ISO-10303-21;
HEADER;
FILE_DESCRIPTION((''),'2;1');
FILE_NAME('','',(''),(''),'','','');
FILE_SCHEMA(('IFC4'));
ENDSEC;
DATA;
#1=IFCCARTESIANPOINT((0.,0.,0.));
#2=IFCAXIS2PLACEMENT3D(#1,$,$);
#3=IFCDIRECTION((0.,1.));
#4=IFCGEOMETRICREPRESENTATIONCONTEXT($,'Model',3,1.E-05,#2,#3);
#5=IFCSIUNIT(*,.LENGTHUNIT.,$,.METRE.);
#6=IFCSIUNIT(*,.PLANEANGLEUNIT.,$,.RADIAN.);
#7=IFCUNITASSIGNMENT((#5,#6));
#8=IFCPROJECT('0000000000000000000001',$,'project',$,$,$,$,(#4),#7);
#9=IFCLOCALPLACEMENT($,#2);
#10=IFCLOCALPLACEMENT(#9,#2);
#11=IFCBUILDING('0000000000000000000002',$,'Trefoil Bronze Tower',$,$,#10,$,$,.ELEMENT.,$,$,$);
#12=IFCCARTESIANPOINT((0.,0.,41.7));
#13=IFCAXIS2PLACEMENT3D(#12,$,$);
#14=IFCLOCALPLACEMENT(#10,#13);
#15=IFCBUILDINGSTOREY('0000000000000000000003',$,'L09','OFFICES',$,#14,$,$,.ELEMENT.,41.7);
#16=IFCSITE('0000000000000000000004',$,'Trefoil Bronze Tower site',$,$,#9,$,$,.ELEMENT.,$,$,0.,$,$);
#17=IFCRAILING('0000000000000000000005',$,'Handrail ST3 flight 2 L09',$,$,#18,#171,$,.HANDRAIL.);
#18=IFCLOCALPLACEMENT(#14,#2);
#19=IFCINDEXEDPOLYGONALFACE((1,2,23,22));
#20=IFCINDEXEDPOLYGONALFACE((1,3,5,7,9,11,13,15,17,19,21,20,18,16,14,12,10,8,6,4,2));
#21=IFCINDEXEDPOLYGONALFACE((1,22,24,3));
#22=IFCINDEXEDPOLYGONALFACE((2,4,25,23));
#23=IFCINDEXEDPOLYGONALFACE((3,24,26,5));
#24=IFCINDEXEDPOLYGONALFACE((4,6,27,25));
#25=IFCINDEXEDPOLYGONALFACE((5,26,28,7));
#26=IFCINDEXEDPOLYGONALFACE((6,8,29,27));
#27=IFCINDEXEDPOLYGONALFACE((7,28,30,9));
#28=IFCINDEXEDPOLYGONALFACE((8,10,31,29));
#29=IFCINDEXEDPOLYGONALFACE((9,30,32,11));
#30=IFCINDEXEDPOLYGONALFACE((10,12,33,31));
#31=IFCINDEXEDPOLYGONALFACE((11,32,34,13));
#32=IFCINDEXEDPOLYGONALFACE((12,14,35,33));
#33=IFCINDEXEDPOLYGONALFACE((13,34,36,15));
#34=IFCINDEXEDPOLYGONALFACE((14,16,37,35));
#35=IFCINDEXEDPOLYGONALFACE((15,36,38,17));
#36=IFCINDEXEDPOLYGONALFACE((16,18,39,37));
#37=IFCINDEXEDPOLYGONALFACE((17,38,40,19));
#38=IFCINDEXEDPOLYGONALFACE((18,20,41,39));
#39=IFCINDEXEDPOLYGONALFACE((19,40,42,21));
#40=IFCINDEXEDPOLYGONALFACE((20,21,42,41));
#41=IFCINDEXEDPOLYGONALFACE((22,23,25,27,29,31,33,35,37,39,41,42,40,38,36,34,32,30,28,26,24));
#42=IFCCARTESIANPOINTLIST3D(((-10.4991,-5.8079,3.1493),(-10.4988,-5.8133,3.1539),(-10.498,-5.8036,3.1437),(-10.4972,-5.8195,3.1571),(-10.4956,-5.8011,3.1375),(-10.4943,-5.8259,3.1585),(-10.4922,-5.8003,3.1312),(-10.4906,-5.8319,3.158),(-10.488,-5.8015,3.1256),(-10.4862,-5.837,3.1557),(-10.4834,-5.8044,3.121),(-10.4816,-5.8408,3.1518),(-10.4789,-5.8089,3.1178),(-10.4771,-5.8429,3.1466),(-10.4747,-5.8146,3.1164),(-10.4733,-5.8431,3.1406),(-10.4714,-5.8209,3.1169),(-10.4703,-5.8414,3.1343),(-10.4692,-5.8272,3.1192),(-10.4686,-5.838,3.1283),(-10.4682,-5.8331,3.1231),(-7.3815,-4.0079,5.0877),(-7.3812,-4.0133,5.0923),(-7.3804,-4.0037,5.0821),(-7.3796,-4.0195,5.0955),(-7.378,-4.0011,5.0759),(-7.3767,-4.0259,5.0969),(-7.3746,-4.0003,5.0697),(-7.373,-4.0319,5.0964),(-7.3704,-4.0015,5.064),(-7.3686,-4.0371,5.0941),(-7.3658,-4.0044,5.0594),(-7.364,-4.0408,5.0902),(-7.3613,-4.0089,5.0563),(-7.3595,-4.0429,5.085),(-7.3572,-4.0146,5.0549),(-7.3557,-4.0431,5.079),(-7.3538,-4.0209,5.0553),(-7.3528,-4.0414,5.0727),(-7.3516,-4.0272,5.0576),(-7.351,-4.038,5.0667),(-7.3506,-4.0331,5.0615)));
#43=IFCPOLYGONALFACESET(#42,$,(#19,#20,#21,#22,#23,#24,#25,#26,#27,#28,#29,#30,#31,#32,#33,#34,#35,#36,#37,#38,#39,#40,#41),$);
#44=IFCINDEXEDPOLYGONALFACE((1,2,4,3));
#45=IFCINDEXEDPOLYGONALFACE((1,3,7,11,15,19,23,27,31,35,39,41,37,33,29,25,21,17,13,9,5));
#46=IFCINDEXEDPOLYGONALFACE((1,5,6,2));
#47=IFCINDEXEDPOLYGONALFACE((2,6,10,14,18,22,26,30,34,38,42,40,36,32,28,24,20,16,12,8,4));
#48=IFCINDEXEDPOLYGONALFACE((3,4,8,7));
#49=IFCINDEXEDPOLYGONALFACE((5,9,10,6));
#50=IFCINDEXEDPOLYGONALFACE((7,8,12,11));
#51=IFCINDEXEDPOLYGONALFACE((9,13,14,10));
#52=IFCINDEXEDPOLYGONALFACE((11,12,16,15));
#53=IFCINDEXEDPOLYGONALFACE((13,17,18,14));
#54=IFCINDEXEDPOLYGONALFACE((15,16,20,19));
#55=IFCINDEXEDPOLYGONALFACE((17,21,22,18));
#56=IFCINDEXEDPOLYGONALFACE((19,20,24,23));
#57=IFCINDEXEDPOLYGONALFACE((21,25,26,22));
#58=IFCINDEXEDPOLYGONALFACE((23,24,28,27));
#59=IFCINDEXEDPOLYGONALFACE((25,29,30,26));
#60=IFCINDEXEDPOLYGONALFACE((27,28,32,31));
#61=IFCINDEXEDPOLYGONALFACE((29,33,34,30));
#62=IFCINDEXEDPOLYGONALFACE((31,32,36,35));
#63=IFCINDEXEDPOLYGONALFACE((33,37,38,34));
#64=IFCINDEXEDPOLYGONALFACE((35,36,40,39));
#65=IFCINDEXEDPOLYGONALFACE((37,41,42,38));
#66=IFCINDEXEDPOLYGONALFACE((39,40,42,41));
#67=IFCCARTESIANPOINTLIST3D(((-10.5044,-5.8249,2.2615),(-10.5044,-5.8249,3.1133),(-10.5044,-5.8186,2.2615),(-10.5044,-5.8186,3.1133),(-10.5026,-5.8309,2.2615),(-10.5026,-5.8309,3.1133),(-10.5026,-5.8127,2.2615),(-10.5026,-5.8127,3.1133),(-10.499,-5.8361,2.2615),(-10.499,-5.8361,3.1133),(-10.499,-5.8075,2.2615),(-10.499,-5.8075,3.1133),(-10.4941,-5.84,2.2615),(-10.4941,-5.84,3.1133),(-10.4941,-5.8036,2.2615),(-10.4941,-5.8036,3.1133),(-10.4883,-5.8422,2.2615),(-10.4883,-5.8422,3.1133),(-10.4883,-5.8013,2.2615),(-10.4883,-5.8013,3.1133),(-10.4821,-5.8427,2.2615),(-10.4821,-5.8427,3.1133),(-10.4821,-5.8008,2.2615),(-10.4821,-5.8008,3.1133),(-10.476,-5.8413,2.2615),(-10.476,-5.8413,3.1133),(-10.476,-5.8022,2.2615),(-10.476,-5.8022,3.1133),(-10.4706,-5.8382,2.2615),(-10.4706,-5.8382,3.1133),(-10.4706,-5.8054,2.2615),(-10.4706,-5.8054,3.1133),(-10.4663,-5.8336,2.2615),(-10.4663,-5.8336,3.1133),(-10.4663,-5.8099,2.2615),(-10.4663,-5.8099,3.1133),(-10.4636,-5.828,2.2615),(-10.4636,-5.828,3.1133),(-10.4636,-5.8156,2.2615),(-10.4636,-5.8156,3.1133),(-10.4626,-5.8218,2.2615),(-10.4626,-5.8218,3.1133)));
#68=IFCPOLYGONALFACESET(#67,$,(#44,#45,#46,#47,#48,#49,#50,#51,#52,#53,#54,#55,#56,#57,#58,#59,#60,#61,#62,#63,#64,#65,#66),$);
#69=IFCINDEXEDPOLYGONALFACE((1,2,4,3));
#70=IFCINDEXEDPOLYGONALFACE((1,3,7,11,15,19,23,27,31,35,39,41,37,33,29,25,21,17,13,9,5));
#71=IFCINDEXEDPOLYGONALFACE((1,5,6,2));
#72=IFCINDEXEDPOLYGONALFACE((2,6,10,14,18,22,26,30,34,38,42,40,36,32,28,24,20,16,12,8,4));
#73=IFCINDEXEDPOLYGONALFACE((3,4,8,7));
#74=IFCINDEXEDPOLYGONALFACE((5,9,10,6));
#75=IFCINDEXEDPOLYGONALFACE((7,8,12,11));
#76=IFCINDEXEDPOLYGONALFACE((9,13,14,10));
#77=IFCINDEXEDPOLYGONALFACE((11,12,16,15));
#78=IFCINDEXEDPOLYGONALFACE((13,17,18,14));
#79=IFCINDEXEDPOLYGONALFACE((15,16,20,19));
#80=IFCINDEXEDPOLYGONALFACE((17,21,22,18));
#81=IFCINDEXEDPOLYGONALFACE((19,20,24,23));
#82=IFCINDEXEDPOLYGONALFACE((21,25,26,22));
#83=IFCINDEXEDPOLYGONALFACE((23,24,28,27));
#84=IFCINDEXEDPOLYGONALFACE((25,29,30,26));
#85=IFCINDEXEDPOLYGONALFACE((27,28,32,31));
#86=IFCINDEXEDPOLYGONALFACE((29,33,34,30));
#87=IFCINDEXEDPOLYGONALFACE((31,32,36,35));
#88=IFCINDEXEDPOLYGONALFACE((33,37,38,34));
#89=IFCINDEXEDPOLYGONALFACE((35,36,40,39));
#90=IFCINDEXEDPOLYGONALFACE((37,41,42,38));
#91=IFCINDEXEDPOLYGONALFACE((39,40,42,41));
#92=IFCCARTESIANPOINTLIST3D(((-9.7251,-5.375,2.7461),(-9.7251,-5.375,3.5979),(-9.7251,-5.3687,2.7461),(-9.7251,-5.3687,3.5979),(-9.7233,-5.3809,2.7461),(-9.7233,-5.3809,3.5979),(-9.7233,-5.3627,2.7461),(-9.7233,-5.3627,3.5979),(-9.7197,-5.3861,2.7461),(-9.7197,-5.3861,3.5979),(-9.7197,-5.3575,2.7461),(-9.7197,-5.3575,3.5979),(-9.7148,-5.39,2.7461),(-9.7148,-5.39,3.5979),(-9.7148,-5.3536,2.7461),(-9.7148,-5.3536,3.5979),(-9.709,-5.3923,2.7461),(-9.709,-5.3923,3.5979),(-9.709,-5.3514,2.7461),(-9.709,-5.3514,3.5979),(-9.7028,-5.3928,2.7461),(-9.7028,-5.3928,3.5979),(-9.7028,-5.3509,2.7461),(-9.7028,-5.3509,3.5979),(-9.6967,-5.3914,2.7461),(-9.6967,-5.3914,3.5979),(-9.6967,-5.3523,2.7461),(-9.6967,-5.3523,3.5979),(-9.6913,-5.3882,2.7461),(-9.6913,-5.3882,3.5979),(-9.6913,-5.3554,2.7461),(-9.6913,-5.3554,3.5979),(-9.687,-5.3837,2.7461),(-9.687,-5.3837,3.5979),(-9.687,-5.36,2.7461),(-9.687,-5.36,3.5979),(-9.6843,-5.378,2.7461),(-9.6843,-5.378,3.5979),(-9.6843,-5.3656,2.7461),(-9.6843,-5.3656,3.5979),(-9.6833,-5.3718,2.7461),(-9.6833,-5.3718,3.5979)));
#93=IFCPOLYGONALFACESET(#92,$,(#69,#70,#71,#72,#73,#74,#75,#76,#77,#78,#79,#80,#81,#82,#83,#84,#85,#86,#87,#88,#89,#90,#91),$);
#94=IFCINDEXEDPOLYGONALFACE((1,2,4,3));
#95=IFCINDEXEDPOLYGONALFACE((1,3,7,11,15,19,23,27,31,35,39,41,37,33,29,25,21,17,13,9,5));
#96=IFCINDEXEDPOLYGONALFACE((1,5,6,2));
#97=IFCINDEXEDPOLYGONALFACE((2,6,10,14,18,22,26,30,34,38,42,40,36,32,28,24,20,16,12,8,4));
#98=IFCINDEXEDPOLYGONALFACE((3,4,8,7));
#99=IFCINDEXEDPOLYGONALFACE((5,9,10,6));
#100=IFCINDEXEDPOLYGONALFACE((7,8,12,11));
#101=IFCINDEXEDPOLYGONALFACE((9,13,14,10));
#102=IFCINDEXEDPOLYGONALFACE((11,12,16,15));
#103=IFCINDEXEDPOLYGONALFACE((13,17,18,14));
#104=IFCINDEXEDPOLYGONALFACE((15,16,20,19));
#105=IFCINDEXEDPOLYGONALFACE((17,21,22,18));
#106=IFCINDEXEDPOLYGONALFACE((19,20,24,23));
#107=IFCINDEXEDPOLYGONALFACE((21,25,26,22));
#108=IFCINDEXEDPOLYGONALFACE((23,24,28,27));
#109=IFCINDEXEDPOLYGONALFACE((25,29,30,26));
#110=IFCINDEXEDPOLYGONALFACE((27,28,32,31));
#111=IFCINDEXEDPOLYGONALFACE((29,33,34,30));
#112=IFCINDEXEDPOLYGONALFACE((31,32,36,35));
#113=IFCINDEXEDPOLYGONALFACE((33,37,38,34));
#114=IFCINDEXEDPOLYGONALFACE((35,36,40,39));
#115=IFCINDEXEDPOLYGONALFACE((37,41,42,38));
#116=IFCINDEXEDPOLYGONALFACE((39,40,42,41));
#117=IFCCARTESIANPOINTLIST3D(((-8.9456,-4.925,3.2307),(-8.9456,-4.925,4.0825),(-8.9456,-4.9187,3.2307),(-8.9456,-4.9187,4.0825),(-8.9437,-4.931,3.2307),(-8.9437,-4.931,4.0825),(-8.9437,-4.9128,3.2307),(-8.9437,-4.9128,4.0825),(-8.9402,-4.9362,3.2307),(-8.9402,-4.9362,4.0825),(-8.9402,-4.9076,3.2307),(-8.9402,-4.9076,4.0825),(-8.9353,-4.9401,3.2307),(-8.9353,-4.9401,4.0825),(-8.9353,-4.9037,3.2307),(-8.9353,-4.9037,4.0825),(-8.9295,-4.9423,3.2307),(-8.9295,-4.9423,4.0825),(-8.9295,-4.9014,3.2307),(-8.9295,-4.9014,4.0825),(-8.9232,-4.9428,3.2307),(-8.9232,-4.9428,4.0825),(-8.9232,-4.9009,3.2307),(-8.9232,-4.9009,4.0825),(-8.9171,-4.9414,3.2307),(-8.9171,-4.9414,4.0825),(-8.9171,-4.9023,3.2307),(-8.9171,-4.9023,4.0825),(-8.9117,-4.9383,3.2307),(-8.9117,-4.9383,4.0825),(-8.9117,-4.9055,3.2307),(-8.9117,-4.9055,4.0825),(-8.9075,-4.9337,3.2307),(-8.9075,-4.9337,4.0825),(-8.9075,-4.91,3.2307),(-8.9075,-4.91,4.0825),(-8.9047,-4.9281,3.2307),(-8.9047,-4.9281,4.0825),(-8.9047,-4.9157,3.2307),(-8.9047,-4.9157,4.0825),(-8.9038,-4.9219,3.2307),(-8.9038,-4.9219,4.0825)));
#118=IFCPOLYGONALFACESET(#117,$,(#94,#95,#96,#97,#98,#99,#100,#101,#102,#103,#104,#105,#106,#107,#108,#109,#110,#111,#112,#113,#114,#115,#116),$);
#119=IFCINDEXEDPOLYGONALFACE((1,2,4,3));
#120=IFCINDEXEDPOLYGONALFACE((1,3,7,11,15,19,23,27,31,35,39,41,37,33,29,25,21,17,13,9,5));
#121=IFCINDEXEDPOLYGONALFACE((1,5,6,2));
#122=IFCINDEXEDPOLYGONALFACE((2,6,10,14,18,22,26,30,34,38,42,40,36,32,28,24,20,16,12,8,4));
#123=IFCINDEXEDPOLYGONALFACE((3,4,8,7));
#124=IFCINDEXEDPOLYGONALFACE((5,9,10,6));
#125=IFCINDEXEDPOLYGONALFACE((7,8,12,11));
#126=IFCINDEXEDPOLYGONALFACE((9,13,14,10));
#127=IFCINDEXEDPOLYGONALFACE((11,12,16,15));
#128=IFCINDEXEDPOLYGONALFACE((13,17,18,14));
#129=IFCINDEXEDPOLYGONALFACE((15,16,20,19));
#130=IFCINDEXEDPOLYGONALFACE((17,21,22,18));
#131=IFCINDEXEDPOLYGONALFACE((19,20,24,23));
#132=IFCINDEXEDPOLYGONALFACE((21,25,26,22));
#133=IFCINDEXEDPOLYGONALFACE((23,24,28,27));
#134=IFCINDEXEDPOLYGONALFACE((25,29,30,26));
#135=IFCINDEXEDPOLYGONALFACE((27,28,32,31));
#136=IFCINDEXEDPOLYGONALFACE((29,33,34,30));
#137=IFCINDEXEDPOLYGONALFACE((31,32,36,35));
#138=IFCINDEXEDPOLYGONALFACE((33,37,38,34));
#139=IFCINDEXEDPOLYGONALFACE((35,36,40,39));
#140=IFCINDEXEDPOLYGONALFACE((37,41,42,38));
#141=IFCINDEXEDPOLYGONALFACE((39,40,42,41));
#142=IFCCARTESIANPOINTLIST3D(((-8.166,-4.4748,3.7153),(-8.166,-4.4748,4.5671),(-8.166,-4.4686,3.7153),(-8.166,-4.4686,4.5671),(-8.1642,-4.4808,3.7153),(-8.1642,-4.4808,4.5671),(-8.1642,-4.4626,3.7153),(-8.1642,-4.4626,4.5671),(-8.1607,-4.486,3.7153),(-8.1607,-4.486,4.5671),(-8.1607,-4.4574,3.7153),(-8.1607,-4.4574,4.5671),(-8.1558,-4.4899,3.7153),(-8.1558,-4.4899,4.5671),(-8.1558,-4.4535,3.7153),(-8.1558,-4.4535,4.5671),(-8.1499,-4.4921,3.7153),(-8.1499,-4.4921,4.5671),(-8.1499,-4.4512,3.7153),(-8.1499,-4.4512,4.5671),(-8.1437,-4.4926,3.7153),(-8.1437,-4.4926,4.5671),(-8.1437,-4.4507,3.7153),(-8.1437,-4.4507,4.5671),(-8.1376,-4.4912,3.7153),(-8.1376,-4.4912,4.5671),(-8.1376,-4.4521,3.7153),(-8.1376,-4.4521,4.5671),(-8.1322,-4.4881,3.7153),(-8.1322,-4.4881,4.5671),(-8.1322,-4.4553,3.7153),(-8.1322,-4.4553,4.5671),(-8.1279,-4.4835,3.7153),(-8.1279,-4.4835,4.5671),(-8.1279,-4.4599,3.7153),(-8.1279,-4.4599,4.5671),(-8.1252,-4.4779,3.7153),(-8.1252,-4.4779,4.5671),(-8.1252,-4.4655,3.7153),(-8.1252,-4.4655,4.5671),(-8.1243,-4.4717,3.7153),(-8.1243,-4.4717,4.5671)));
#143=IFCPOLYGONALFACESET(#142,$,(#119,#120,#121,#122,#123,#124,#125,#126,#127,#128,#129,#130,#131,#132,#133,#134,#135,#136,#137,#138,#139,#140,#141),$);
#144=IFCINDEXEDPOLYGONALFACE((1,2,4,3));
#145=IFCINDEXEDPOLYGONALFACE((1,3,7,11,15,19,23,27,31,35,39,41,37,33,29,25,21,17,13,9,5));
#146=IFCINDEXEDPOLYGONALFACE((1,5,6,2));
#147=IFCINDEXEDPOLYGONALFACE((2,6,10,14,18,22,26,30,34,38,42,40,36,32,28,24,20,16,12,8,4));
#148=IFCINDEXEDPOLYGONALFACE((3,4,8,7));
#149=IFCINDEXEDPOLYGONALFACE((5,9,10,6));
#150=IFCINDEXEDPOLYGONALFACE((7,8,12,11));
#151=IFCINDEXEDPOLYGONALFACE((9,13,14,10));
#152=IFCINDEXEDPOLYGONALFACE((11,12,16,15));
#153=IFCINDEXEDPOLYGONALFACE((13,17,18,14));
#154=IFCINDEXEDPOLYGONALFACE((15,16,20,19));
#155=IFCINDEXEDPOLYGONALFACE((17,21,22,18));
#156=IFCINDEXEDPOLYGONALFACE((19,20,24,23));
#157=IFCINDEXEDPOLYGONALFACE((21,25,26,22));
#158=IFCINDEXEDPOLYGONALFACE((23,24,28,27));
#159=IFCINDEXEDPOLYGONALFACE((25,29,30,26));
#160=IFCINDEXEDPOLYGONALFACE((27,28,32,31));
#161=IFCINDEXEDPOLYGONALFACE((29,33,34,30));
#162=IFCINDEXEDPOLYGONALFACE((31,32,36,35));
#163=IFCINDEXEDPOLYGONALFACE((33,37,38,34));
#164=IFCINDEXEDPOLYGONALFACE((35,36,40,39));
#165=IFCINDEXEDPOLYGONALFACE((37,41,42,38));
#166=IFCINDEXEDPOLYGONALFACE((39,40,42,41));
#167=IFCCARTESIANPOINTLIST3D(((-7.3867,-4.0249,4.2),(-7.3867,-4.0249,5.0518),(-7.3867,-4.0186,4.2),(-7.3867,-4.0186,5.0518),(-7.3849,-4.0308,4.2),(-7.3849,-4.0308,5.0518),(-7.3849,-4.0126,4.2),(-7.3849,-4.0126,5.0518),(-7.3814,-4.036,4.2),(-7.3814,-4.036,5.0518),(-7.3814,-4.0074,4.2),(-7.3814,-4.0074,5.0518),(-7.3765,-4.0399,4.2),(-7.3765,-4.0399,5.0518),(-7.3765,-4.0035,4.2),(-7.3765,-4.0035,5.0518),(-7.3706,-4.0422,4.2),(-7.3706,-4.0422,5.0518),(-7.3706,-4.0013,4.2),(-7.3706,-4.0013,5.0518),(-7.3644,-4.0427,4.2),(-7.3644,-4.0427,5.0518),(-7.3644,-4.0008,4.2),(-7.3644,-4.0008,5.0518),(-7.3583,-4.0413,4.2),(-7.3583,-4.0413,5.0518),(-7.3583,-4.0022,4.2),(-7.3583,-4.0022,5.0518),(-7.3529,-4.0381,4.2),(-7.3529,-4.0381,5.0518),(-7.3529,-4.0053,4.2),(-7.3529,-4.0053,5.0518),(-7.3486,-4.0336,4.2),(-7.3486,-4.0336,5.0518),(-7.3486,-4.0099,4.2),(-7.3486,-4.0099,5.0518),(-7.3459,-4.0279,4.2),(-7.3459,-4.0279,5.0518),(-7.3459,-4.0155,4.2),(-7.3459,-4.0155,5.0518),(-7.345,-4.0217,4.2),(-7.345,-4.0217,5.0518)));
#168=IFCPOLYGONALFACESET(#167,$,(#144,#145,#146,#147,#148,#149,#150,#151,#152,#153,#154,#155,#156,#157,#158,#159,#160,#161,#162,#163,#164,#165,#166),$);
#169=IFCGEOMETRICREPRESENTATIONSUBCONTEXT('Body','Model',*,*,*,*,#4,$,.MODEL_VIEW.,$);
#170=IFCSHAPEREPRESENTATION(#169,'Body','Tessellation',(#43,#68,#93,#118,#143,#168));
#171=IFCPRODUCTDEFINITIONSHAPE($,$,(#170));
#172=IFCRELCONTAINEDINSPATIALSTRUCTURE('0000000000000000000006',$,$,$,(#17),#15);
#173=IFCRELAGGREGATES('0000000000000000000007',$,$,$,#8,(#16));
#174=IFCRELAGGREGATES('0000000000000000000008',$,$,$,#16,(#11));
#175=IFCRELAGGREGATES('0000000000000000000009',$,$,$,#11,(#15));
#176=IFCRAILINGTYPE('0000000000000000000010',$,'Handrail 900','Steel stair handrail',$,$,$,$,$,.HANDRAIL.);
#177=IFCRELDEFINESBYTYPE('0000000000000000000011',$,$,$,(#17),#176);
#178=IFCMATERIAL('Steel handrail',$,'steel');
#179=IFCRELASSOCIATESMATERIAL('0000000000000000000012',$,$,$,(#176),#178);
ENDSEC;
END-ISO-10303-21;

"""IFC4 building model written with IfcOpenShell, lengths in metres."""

from ifc_helpers import new_model, si_unit, direction, frame, origin, origin_2d, place, context, subcontext, project, spatial, circle, extrude, material, type_object, element, save


model = new_model("IFC4")

# Units and contexts
model_context = context("Model", 3, precision=1e-05, world=origin(), true_north=direction((0.0, 1.0)))
body_context = subcontext(model_context, "Body", "Model", "MODEL_VIEW")
ifc_project = project(units=[si_unit("LENGTHUNIT", "METRE"), si_unit("PLANEANGLEUNIT", "RADIAN")], contexts=[model_context])

# Site, building, storey
site_placement = place(None, origin())
site = spatial("IfcSite", under=ifc_project, at=site_placement, Name="Trefoil Bronze Tower site", CompositionType="ELEMENT", RefElevation=0.0)
building_placement = place(site_placement, origin())
building = spatial("IfcBuilding", under=site, at=building_placement, Name="Trefoil Bronze Tower", CompositionType="ELEMENT")
storey_placement = place(building_placement, frame((0.0, 0.0, 41.7)))
storey = spatial("IfcBuildingStorey", under=building, at=storey_placement, Name="L09", Description="OFFICES", CompositionType="ELEMENT", Elevation=41.7)

# Railing
ifc_material_1 = material(Name="Steel handrail", Category="steel")
railing_type = type_object("IfcRailingType", Name="Handrail 900", Description="Steel stair handrail", PredefinedType="HANDRAIL", material=ifc_material_1)
railing_placement = place(storey_placement, frame((-10.4836, -5.8218, 2.2615)))
element("IfcRailing", 1, at=railing_placement, inside=storey, type_object=railing_type, Name="Handrail ST3 flight 2 L09", PredefinedType="HANDRAIL", context=body_context, shape_type="SweptSolid", body=[
    extrude(circle(Radius=0.0239, at=origin_2d()), frame((0.0, 0.0, 0.876), z_axis=(0.762503, 0.440246, 0.474102), x_axis=(-0.500012, 0.866018, 0.0)), (0.0, 0.0, 1.0), 4.0886),
    extrude(circle(Radius=0.021, at=origin_2d()), origin(), (0.0, 0.0, 1.0), 0.8518),
    extrude(circle(Radius=0.021, at=origin_2d()), frame((0.7793, 0.45, 0.4846)), (0.0, 0.0, 1.0), 0.8518),
    extrude(circle(Radius=0.021, at=origin_2d()), frame((1.5588, 0.8999, 0.9692)), (0.0, 0.0, 1.0), 0.8518),
    extrude(circle(Radius=0.021, at=origin_2d()), frame((2.3384, 1.3501, 1.4539)), (0.0, 0.0, 1.0), 0.8518),
    extrude(circle(Radius=0.021, at=origin_2d()), frame((3.1177, 1.8, 1.9385)), (0.0, 0.0, 1.0), 0.8518),
])

save(model, "model.ifc")
